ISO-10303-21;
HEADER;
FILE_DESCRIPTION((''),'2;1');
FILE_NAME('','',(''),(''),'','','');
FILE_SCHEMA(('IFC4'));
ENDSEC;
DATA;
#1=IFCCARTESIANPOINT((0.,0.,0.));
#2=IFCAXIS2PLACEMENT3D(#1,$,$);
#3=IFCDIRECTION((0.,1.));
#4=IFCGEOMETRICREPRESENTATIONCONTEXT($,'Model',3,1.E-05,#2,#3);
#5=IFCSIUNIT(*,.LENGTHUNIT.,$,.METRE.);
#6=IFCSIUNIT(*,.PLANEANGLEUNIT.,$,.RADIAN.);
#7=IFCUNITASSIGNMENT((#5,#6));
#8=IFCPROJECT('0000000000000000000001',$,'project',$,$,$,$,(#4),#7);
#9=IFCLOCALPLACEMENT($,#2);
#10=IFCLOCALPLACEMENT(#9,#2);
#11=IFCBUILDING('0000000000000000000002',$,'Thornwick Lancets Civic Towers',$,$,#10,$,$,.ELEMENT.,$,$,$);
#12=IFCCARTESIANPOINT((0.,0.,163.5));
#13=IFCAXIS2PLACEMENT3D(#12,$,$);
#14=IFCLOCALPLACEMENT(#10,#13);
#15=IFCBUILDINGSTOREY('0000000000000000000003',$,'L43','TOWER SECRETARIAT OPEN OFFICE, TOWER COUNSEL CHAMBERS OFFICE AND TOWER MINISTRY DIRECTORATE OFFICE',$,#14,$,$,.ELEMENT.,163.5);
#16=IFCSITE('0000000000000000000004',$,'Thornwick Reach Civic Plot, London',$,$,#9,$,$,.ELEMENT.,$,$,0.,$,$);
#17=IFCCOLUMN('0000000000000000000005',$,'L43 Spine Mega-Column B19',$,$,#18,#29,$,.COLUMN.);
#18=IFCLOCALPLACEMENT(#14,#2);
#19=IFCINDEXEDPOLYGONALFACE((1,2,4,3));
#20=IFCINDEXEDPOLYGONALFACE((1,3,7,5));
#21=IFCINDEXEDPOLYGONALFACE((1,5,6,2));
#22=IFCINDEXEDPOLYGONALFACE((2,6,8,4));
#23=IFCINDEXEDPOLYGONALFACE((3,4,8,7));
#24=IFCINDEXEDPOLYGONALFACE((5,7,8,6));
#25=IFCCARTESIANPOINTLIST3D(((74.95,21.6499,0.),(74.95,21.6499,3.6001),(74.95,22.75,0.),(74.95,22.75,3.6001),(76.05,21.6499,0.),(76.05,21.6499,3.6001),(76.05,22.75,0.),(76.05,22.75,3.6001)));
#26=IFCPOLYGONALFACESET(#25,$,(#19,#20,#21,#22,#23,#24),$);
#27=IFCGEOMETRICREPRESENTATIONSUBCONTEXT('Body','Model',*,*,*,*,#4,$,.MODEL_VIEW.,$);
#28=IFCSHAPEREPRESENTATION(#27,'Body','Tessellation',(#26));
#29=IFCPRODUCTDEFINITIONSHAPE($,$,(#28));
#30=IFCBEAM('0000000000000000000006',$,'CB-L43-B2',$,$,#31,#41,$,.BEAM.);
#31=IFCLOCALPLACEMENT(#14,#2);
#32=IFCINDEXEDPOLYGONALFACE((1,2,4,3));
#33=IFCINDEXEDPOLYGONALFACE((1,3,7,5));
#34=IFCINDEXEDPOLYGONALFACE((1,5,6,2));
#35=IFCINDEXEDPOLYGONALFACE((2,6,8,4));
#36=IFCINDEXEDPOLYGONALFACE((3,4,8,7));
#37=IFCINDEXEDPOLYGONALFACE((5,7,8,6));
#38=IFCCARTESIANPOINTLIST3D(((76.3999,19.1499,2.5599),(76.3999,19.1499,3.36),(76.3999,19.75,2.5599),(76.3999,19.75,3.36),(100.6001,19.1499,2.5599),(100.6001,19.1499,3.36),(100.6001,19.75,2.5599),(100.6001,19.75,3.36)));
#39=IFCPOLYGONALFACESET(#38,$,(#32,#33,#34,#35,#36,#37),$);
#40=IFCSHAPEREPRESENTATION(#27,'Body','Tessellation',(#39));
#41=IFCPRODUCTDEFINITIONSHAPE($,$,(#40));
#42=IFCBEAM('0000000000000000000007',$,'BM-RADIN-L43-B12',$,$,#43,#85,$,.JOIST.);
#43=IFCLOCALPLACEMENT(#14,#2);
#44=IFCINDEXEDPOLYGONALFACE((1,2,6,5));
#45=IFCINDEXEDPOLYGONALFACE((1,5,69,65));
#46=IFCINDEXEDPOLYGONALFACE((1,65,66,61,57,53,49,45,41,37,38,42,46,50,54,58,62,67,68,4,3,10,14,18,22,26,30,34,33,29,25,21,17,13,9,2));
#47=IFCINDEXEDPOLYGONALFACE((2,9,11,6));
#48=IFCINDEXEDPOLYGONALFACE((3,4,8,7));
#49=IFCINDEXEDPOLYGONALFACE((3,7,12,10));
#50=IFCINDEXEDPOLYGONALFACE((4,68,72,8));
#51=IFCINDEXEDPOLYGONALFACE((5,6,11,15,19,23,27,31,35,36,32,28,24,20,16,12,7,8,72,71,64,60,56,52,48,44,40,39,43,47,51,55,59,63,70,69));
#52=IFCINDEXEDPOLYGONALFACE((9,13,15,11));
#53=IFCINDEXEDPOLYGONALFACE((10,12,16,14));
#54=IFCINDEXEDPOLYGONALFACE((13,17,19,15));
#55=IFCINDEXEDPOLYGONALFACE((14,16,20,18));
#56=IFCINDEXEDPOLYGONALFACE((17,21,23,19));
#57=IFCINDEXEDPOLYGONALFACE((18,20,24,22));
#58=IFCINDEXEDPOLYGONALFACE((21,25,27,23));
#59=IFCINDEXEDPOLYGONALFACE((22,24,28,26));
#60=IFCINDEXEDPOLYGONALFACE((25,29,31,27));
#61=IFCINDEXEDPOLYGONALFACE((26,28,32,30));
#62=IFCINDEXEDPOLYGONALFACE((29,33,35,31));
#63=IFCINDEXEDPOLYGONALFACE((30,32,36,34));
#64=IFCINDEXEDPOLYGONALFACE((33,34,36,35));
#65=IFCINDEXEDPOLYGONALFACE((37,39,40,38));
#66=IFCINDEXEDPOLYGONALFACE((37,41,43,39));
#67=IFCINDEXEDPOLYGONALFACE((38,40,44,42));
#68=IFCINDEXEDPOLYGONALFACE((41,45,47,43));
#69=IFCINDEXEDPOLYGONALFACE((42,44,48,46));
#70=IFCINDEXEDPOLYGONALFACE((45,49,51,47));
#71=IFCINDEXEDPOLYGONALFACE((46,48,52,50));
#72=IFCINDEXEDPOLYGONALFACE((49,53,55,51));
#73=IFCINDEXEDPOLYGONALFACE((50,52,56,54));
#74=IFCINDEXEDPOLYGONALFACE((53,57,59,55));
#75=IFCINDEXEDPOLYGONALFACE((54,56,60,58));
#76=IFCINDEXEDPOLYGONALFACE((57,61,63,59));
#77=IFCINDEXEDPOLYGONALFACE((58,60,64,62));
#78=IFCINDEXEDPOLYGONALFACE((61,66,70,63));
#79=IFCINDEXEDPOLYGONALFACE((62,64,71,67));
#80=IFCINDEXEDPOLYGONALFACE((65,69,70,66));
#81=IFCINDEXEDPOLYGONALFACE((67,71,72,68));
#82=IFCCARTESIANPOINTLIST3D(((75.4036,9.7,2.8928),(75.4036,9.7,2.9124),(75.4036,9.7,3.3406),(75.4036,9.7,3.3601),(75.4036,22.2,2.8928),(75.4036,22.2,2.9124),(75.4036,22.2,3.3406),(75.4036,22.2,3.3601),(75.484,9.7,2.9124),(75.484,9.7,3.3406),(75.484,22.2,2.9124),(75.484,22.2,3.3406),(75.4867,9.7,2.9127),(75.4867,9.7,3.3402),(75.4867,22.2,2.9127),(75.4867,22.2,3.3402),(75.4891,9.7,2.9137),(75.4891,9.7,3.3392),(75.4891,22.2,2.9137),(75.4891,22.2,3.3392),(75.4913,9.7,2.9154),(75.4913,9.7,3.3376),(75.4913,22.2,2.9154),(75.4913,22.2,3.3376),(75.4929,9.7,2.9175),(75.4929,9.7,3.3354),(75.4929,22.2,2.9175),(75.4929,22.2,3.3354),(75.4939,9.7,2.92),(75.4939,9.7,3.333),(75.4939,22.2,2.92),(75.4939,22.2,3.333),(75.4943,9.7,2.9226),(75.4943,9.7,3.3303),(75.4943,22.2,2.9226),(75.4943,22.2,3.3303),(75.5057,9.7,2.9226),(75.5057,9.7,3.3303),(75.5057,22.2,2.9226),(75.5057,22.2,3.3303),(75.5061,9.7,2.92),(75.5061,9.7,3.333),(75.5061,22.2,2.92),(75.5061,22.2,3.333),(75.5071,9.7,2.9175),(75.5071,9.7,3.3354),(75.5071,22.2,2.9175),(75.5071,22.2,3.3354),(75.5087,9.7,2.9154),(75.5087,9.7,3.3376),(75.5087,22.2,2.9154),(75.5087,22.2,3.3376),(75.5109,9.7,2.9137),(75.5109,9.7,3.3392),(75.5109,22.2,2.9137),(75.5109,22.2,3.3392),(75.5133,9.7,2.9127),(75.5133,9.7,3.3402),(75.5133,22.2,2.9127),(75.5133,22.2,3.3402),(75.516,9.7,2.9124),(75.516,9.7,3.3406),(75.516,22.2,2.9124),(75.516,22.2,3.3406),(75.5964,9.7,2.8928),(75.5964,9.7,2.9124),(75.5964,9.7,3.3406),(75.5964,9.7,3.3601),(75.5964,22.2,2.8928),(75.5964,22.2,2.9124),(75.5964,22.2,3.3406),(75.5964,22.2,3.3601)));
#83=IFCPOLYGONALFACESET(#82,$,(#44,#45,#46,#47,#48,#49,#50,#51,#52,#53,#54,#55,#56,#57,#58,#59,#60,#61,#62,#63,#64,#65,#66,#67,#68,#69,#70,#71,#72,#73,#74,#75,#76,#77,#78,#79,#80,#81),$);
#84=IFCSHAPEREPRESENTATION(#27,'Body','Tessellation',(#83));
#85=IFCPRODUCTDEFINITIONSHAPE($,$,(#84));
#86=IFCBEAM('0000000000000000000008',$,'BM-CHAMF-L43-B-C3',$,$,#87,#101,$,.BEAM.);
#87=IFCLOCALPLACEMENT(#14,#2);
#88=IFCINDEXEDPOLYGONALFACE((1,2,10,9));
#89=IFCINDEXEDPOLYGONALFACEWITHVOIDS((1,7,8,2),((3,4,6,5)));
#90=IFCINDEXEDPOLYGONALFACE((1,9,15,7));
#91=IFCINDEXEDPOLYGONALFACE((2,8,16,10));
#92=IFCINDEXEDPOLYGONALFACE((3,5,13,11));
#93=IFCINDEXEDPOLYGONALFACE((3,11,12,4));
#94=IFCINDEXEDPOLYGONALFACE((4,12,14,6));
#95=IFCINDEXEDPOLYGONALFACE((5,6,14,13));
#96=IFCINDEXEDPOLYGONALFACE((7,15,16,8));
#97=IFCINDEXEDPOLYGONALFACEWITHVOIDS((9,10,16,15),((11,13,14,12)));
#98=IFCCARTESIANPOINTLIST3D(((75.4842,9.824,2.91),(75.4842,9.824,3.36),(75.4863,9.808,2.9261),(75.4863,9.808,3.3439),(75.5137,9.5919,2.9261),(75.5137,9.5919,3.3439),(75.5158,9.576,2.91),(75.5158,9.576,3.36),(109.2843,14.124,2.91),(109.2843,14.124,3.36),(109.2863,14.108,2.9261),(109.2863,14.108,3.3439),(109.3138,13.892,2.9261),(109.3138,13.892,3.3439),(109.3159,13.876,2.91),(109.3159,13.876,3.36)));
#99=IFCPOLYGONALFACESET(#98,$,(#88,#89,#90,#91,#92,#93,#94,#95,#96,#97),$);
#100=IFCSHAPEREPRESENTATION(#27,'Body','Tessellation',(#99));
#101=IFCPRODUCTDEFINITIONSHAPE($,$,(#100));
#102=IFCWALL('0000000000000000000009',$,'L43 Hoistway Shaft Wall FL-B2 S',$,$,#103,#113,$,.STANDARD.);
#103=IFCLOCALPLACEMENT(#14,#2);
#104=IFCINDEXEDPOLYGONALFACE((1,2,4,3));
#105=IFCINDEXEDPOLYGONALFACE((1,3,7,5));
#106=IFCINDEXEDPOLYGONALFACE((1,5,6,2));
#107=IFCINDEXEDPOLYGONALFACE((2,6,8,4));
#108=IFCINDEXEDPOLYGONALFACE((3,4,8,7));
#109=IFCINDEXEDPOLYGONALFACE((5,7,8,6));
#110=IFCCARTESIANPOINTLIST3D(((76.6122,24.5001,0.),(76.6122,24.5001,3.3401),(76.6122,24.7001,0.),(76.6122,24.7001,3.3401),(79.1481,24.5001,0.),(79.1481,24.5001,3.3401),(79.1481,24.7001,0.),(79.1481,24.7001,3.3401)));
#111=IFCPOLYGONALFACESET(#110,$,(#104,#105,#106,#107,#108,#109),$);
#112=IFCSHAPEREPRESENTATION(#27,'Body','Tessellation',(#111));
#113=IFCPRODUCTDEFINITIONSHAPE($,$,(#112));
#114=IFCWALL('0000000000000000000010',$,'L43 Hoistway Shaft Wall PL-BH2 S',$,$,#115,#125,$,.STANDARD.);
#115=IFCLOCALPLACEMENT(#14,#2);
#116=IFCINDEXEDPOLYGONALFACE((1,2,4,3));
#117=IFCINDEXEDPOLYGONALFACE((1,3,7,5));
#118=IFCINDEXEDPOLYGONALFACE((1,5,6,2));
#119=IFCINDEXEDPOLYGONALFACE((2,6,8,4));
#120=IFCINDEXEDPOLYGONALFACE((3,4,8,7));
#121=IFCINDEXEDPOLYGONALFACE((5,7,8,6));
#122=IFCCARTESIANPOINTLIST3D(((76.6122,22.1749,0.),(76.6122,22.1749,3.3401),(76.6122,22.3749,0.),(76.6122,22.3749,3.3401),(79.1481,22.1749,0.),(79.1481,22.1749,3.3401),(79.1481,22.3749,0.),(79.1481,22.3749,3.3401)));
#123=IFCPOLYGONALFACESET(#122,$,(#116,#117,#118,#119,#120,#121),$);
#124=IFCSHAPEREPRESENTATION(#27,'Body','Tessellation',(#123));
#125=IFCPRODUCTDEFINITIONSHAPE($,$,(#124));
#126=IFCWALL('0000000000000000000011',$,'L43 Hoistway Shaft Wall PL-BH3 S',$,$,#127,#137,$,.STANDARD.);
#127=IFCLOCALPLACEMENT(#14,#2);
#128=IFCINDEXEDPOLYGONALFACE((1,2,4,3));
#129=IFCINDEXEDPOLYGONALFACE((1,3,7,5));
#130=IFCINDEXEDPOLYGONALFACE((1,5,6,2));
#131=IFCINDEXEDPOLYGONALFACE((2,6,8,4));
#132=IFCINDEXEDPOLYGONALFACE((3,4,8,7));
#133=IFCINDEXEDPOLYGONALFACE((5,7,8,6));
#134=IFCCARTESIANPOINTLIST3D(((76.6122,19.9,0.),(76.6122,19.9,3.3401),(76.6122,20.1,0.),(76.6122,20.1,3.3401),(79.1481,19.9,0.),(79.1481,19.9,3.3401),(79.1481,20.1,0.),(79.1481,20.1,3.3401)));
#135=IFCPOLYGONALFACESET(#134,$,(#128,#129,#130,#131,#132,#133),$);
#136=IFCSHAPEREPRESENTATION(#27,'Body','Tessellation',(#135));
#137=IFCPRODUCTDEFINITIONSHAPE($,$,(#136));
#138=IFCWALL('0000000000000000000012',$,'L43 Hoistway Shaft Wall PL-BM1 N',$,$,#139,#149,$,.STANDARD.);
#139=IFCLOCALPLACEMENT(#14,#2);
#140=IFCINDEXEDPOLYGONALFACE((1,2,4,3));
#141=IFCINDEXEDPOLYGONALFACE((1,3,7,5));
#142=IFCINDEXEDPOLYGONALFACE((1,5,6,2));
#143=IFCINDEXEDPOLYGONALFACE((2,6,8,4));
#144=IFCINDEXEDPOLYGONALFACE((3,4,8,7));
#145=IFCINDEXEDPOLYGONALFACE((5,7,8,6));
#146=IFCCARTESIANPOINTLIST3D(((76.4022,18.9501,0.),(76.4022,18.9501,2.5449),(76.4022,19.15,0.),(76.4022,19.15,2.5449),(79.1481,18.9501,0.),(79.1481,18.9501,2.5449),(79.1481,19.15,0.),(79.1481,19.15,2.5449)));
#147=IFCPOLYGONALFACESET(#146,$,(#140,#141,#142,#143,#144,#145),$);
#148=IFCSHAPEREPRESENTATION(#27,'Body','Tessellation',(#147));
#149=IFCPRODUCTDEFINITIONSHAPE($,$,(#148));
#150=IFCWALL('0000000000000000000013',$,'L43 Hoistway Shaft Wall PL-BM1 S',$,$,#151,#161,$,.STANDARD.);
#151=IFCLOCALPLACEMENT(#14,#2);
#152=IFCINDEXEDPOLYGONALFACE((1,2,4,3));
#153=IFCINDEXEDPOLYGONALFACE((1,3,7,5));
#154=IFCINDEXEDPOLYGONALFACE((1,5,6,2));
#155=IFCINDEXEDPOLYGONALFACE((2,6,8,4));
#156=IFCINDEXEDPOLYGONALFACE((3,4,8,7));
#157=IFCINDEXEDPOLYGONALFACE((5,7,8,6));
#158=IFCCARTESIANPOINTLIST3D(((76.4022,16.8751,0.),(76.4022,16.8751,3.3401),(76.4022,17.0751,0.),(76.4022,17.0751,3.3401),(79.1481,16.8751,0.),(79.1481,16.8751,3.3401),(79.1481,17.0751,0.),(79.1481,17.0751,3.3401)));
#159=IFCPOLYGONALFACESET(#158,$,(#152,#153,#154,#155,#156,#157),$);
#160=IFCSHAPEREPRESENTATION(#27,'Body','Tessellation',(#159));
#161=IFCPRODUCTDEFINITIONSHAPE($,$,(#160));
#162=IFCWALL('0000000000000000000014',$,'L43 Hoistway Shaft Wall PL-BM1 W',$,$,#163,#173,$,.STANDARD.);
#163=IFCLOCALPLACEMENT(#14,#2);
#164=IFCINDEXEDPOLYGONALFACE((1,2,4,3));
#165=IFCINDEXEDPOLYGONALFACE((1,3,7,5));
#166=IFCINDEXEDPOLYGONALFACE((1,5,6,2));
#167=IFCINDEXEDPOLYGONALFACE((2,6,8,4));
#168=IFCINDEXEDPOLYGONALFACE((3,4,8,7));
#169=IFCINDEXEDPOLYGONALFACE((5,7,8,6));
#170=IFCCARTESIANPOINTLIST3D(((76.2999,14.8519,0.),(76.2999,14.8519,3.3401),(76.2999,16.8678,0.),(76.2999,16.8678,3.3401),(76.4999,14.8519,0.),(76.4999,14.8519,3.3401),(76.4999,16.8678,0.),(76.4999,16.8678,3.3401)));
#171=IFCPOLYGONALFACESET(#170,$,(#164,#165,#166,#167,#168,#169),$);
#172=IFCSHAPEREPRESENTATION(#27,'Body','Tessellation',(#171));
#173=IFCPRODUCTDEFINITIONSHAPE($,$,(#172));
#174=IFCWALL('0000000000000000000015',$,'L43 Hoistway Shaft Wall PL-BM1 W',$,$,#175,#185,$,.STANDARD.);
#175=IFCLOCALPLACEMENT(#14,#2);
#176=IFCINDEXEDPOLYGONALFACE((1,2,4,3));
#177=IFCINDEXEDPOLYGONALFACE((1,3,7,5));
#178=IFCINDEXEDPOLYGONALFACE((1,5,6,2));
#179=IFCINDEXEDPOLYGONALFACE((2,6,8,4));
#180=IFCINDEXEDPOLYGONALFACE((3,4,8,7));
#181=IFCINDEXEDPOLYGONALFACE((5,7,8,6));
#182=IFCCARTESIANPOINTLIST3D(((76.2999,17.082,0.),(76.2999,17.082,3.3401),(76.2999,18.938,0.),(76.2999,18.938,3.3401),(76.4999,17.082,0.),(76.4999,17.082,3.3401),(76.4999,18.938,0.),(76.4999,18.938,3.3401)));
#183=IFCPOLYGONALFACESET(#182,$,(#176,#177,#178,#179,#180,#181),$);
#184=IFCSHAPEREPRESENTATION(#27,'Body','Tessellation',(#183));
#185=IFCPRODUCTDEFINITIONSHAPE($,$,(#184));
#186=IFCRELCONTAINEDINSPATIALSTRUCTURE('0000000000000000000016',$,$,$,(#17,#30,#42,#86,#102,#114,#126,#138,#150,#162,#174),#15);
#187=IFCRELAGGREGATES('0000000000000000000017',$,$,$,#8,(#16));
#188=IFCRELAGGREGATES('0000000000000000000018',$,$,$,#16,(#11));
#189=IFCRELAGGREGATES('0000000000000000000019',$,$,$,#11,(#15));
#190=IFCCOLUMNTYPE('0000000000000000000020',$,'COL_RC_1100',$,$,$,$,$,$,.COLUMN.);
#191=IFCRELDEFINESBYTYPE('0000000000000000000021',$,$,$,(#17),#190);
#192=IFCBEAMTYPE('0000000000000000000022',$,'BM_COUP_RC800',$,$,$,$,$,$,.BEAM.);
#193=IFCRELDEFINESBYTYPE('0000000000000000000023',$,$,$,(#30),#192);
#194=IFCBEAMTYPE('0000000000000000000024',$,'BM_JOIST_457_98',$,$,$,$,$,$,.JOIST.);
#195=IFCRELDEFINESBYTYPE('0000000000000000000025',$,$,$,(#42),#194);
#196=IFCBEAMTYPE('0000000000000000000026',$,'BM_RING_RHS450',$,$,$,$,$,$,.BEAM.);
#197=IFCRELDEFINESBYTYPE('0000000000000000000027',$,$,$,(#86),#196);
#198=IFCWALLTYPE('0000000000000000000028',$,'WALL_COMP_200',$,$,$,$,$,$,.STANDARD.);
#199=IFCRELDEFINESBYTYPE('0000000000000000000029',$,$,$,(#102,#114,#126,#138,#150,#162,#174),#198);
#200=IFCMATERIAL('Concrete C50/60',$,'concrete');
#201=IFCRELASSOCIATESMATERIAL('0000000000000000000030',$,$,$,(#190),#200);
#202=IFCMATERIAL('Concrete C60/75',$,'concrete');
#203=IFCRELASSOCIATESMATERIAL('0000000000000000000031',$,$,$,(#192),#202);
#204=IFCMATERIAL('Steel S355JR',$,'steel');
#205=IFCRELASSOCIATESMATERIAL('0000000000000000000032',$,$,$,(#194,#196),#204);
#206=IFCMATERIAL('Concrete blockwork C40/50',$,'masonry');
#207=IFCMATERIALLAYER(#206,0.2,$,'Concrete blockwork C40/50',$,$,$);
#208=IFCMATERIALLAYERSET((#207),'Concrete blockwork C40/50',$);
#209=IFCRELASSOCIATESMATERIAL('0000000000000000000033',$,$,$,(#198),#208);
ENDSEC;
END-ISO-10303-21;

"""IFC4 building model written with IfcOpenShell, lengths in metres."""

from ifc_helpers import new_model, si_unit, direction, frame, frame_2d, origin, origin_2d, place, context, subcontext, project, spatial, rectangle, hollow_rectangle, i_section, extrude, material, layer, layer_set, material_profile, profile_set, type_object, element, save


model = new_model("IFC4")

# Units and contexts
model_context = context("Model", 3, precision=1e-05, world=origin(), true_north=direction((0.0, 1.0)))
body_context = subcontext(model_context, "Body", "Model", "MODEL_VIEW")
ifc_project = project(units=[si_unit("LENGTHUNIT", "METRE"), si_unit("PLANEANGLEUNIT", "RADIAN")], contexts=[model_context])

# Site, building, storey
site_placement = place(None, origin())
site = spatial("IfcSite", under=ifc_project, at=site_placement, Name="Thornwick Reach Civic Plot, London", CompositionType="ELEMENT", RefElevation=0.0)
building_placement = place(site_placement, origin())
building = spatial("IfcBuilding", under=site, at=building_placement, Name="Thornwick Lancets Civic Towers", CompositionType="ELEMENT")
storey_placement = place(building_placement, frame((0.0, 0.0, 163.5)))
storey = spatial("IfcBuildingStorey", under=building, at=storey_placement, Name="L43", Description="TOWER SECRETARIAT OPEN OFFICE, TOWER COUNSEL CHAMBERS OFFICE AND TOWER MINISTRY DIRECTORATE OFFICE", CompositionType="ELEMENT", Elevation=163.5)

# Column
ifc_material_1 = material(Name="Concrete C50/60", Category="concrete")
ifc_material_profile_1 = material_profile(ifc_material_1, rectangle(XDim=1.1001, YDim=1.1001, at=origin_2d()), Name="RC 1100x1100")
ifc_profile_set_1 = profile_set([ifc_material_profile_1], Name="Concrete C50/60")
column_type = type_object("IfcColumnType", Name="COL_RC_1100", PredefinedType="COLUMN", material=ifc_profile_set_1)
column_placement = place(storey_placement, frame((75.5, 22.2, 0.0), z_axis=(0.0, 0.0, 1.0), x_axis=(1.0, 0.0, 0.0)))
element("IfcColumn", 1, at=column_placement, inside=storey, type_object=column_type, Name="L43 Spine Mega-Column B19", PredefinedType="COLUMN", context=body_context, shape_type="SweptSolid", body=[
    extrude(rectangle(XDim=1.1001, YDim=1.1001, at=origin_2d()), origin(), (0.0, 0.0, 1.0), 3.6001),
])

# Beams
ifc_material_2 = material(Name="Concrete C60/75", Category="concrete")
ifc_material_profile_2 = material_profile(ifc_material_2, rectangle(XDim=0.6001, YDim=0.8, at=origin_2d()), Name="RC 600x800")
ifc_profile_set_2 = profile_set([ifc_material_profile_2], Name="Concrete C60/75")
beam_type_1 = type_object("IfcBeamType", Name="BM_COUP_RC800", PredefinedType="BEAM", material=ifc_profile_set_2)
beam_1_placement = place(storey_placement, frame((76.3999, 19.45, 2.96), z_axis=(1.0, 0.0, 0.0), x_axis=(0.0, 1.0, 0.0)))
element("IfcBeam", 2, at=beam_1_placement, inside=storey, type_object=beam_type_1, Name="CB-L43-B2", PredefinedType="BEAM", context=body_context, shape_type="SweptSolid", body=[
    extrude(rectangle(XDim=0.6001, YDim=0.8, at=origin_2d()), origin(), (0.0, 0.0, 1.0), 24.2002),
])
ifc_material_3 = material(Name="Steel S355JR", Category="steel")
ifc_material_profile_3 = material_profile(ifc_material_3, i_section(OverallWidth=0.1929, OverallDepth=0.4673, WebThickness=0.0115, FlangeThickness=0.0195, FilletRadius=0.0103, at=origin_2d()), Name="UKB 457x191x98")
ifc_profile_set_3 = profile_set([ifc_material_profile_3], Name="Steel S355JR")
beam_type_2 = type_object("IfcBeamType", Name="BM_JOIST_457_98", PredefinedType="JOIST", material=ifc_profile_set_3)
beam_2_placement = place(storey_placement, frame((75.5, 22.2, 3.1265), z_axis=(0.0, -1.0, 0.0), x_axis=(1.0, 0.0, 0.0)))
element("IfcBeam", 3, at=beam_2_placement, inside=storey, type_object=beam_type_2, Name="BM-RADIN-L43-B12", PredefinedType="JOIST", context=body_context, shape_type="SweptSolid", body=[
    extrude(i_section(OverallWidth=0.1929, OverallDepth=0.4673, WebThickness=0.0115, FlangeThickness=0.0195, FilletRadius=0.0103, at=origin_2d()), origin(), (0.0, 0.0, 1.0), 12.5),
])
ifc_material_profile_4 = material_profile(ifc_material_3, hollow_rectangle(XDim=0.25, YDim=0.45, WallThickness=0.0161, at=origin_2d()), Name="RHS 450x250x16")
ifc_profile_set_4 = profile_set([ifc_material_profile_4], Name="Steel S355JR")
beam_type_3 = type_object("IfcBeamType", Name="BM_RING_RHS450", PredefinedType="BEAM", material=ifc_profile_set_4)
beam_3_placement = place(storey_placement, frame((75.5, 9.7, 3.135), z_axis=(0.992004, 0.126203, 0.0), x_axis=(-0.126203, 0.992004, 0.0)))
element("IfcBeam", 4, at=beam_3_placement, inside=storey, type_object=beam_type_3, Name="BM-CHAMF-L43-B-C3", PredefinedType="BEAM", context=body_context, shape_type="SweptSolid", body=[
    extrude(hollow_rectangle(XDim=0.25, YDim=0.45, WallThickness=0.0161, at=origin_2d()), origin(), (0.0, 0.0, 1.0), 34.0725),
])

# Walls
ifc_material_4 = material(Name="Concrete blockwork C40/50", Category="masonry")
ifc_layer_1 = layer(ifc_material_4, 0.2, Name="Concrete blockwork C40/50")
ifc_layer_set_1 = layer_set([ifc_layer_1], Name="Concrete blockwork C40/50")
wall_type_1 = type_object("IfcWallType", Name="WALL_COMP_200", PredefinedType="STANDARD", material=ifc_layer_set_1)
for number, where, z_axis, x_axis, name in (
    (5, (76.6121, 24.6001, 0.0), (0.0, 0.0, 1.0), (1.0, 0.0, 0.0), "L43 Hoistway Shaft Wall FL-B2 S"),
    (6, (76.6121, 22.2749, 0.0), (0.0, 0.0, 1.0), (1.0, 0.0, 0.0), "L43 Hoistway Shaft Wall PL-BH2 S"),
    (7, (76.6121, 20.0, 0.0), (0.0, 0.0, 1.0), (1.0, 0.0, 0.0), "L43 Hoistway Shaft Wall PL-BH3 S"),
):
    element("IfcWall", number, at=place(storey_placement, frame(where, z_axis=z_axis, x_axis=x_axis)), inside=storey, type_object=wall_type_1, Name=name, PredefinedType="STANDARD", context=body_context, shape_type="SweptSolid", body=[
        extrude(rectangle(XDim=2.5359, YDim=0.2, at=frame_2d((1.2681, 0.0))), origin(), (0.0, 0.0, 1.0), 3.3401),
    ])
wall_1_placement = place(storey_placement, frame((76.4021, 19.05, 0.0), z_axis=(0.0, 0.0, 1.0), x_axis=(1.0, 0.0, 0.0)))
element("IfcWall", 8, at=wall_1_placement, inside=storey, type_object=wall_type_1, Name="L43 Hoistway Shaft Wall PL-BM1 N", PredefinedType="STANDARD", context=body_context, shape_type="SweptSolid", body=[
    extrude(rectangle(XDim=2.7458, YDim=0.2, at=frame_2d((1.373, 0.0))), origin(), (0.0, 0.0, 1.0), 2.5449),
])
wall_2_placement = place(storey_placement, frame((76.4021, 16.9751, 0.0), z_axis=(0.0, 0.0, 1.0), x_axis=(1.0, 0.0, 0.0)))
element("IfcWall", 9, at=wall_2_placement, inside=storey, type_object=wall_type_1, Name="L43 Hoistway Shaft Wall PL-BM1 S", PredefinedType="STANDARD", context=body_context, shape_type="SweptSolid", body=[
    extrude(rectangle(XDim=2.7458, YDim=0.2, at=frame_2d((1.373, 0.0))), origin(), (0.0, 0.0, 1.0), 3.3401),
])
wall_3_placement = place(storey_placement, frame((76.3999, 14.8521, 0.0), z_axis=(0.0, 0.0, 1.0), x_axis=(0.0, 1.0, 0.0)))
element("IfcWall", 10, at=wall_3_placement, inside=storey, type_object=wall_type_1, Name="L43 Hoistway Shaft Wall PL-BM1 W", PredefinedType="STANDARD", context=body_context, shape_type="SweptSolid", body=[
    extrude(rectangle(XDim=2.0159, YDim=0.2, at=frame_2d((1.0078, 0.0))), origin(), (0.0, 0.0, 1.0), 3.3401),
])
wall_4_placement = place(storey_placement, frame((76.3999, 17.082, 0.0), z_axis=(0.0, 0.0, 1.0), x_axis=(0.0, 1.0, 0.0)))
element("IfcWall", 11, at=wall_4_placement, inside=storey, type_object=wall_type_1, Name="L43 Hoistway Shaft Wall PL-BM1 W", PredefinedType="STANDARD", context=body_context, shape_type="SweptSolid", body=[
    extrude(rectangle(XDim=1.856, YDim=0.2, at=frame_2d((0.928, 0.0))), origin(), (0.0, 0.0, 1.0), 3.3401),
])

save(model, "model.ifc")
